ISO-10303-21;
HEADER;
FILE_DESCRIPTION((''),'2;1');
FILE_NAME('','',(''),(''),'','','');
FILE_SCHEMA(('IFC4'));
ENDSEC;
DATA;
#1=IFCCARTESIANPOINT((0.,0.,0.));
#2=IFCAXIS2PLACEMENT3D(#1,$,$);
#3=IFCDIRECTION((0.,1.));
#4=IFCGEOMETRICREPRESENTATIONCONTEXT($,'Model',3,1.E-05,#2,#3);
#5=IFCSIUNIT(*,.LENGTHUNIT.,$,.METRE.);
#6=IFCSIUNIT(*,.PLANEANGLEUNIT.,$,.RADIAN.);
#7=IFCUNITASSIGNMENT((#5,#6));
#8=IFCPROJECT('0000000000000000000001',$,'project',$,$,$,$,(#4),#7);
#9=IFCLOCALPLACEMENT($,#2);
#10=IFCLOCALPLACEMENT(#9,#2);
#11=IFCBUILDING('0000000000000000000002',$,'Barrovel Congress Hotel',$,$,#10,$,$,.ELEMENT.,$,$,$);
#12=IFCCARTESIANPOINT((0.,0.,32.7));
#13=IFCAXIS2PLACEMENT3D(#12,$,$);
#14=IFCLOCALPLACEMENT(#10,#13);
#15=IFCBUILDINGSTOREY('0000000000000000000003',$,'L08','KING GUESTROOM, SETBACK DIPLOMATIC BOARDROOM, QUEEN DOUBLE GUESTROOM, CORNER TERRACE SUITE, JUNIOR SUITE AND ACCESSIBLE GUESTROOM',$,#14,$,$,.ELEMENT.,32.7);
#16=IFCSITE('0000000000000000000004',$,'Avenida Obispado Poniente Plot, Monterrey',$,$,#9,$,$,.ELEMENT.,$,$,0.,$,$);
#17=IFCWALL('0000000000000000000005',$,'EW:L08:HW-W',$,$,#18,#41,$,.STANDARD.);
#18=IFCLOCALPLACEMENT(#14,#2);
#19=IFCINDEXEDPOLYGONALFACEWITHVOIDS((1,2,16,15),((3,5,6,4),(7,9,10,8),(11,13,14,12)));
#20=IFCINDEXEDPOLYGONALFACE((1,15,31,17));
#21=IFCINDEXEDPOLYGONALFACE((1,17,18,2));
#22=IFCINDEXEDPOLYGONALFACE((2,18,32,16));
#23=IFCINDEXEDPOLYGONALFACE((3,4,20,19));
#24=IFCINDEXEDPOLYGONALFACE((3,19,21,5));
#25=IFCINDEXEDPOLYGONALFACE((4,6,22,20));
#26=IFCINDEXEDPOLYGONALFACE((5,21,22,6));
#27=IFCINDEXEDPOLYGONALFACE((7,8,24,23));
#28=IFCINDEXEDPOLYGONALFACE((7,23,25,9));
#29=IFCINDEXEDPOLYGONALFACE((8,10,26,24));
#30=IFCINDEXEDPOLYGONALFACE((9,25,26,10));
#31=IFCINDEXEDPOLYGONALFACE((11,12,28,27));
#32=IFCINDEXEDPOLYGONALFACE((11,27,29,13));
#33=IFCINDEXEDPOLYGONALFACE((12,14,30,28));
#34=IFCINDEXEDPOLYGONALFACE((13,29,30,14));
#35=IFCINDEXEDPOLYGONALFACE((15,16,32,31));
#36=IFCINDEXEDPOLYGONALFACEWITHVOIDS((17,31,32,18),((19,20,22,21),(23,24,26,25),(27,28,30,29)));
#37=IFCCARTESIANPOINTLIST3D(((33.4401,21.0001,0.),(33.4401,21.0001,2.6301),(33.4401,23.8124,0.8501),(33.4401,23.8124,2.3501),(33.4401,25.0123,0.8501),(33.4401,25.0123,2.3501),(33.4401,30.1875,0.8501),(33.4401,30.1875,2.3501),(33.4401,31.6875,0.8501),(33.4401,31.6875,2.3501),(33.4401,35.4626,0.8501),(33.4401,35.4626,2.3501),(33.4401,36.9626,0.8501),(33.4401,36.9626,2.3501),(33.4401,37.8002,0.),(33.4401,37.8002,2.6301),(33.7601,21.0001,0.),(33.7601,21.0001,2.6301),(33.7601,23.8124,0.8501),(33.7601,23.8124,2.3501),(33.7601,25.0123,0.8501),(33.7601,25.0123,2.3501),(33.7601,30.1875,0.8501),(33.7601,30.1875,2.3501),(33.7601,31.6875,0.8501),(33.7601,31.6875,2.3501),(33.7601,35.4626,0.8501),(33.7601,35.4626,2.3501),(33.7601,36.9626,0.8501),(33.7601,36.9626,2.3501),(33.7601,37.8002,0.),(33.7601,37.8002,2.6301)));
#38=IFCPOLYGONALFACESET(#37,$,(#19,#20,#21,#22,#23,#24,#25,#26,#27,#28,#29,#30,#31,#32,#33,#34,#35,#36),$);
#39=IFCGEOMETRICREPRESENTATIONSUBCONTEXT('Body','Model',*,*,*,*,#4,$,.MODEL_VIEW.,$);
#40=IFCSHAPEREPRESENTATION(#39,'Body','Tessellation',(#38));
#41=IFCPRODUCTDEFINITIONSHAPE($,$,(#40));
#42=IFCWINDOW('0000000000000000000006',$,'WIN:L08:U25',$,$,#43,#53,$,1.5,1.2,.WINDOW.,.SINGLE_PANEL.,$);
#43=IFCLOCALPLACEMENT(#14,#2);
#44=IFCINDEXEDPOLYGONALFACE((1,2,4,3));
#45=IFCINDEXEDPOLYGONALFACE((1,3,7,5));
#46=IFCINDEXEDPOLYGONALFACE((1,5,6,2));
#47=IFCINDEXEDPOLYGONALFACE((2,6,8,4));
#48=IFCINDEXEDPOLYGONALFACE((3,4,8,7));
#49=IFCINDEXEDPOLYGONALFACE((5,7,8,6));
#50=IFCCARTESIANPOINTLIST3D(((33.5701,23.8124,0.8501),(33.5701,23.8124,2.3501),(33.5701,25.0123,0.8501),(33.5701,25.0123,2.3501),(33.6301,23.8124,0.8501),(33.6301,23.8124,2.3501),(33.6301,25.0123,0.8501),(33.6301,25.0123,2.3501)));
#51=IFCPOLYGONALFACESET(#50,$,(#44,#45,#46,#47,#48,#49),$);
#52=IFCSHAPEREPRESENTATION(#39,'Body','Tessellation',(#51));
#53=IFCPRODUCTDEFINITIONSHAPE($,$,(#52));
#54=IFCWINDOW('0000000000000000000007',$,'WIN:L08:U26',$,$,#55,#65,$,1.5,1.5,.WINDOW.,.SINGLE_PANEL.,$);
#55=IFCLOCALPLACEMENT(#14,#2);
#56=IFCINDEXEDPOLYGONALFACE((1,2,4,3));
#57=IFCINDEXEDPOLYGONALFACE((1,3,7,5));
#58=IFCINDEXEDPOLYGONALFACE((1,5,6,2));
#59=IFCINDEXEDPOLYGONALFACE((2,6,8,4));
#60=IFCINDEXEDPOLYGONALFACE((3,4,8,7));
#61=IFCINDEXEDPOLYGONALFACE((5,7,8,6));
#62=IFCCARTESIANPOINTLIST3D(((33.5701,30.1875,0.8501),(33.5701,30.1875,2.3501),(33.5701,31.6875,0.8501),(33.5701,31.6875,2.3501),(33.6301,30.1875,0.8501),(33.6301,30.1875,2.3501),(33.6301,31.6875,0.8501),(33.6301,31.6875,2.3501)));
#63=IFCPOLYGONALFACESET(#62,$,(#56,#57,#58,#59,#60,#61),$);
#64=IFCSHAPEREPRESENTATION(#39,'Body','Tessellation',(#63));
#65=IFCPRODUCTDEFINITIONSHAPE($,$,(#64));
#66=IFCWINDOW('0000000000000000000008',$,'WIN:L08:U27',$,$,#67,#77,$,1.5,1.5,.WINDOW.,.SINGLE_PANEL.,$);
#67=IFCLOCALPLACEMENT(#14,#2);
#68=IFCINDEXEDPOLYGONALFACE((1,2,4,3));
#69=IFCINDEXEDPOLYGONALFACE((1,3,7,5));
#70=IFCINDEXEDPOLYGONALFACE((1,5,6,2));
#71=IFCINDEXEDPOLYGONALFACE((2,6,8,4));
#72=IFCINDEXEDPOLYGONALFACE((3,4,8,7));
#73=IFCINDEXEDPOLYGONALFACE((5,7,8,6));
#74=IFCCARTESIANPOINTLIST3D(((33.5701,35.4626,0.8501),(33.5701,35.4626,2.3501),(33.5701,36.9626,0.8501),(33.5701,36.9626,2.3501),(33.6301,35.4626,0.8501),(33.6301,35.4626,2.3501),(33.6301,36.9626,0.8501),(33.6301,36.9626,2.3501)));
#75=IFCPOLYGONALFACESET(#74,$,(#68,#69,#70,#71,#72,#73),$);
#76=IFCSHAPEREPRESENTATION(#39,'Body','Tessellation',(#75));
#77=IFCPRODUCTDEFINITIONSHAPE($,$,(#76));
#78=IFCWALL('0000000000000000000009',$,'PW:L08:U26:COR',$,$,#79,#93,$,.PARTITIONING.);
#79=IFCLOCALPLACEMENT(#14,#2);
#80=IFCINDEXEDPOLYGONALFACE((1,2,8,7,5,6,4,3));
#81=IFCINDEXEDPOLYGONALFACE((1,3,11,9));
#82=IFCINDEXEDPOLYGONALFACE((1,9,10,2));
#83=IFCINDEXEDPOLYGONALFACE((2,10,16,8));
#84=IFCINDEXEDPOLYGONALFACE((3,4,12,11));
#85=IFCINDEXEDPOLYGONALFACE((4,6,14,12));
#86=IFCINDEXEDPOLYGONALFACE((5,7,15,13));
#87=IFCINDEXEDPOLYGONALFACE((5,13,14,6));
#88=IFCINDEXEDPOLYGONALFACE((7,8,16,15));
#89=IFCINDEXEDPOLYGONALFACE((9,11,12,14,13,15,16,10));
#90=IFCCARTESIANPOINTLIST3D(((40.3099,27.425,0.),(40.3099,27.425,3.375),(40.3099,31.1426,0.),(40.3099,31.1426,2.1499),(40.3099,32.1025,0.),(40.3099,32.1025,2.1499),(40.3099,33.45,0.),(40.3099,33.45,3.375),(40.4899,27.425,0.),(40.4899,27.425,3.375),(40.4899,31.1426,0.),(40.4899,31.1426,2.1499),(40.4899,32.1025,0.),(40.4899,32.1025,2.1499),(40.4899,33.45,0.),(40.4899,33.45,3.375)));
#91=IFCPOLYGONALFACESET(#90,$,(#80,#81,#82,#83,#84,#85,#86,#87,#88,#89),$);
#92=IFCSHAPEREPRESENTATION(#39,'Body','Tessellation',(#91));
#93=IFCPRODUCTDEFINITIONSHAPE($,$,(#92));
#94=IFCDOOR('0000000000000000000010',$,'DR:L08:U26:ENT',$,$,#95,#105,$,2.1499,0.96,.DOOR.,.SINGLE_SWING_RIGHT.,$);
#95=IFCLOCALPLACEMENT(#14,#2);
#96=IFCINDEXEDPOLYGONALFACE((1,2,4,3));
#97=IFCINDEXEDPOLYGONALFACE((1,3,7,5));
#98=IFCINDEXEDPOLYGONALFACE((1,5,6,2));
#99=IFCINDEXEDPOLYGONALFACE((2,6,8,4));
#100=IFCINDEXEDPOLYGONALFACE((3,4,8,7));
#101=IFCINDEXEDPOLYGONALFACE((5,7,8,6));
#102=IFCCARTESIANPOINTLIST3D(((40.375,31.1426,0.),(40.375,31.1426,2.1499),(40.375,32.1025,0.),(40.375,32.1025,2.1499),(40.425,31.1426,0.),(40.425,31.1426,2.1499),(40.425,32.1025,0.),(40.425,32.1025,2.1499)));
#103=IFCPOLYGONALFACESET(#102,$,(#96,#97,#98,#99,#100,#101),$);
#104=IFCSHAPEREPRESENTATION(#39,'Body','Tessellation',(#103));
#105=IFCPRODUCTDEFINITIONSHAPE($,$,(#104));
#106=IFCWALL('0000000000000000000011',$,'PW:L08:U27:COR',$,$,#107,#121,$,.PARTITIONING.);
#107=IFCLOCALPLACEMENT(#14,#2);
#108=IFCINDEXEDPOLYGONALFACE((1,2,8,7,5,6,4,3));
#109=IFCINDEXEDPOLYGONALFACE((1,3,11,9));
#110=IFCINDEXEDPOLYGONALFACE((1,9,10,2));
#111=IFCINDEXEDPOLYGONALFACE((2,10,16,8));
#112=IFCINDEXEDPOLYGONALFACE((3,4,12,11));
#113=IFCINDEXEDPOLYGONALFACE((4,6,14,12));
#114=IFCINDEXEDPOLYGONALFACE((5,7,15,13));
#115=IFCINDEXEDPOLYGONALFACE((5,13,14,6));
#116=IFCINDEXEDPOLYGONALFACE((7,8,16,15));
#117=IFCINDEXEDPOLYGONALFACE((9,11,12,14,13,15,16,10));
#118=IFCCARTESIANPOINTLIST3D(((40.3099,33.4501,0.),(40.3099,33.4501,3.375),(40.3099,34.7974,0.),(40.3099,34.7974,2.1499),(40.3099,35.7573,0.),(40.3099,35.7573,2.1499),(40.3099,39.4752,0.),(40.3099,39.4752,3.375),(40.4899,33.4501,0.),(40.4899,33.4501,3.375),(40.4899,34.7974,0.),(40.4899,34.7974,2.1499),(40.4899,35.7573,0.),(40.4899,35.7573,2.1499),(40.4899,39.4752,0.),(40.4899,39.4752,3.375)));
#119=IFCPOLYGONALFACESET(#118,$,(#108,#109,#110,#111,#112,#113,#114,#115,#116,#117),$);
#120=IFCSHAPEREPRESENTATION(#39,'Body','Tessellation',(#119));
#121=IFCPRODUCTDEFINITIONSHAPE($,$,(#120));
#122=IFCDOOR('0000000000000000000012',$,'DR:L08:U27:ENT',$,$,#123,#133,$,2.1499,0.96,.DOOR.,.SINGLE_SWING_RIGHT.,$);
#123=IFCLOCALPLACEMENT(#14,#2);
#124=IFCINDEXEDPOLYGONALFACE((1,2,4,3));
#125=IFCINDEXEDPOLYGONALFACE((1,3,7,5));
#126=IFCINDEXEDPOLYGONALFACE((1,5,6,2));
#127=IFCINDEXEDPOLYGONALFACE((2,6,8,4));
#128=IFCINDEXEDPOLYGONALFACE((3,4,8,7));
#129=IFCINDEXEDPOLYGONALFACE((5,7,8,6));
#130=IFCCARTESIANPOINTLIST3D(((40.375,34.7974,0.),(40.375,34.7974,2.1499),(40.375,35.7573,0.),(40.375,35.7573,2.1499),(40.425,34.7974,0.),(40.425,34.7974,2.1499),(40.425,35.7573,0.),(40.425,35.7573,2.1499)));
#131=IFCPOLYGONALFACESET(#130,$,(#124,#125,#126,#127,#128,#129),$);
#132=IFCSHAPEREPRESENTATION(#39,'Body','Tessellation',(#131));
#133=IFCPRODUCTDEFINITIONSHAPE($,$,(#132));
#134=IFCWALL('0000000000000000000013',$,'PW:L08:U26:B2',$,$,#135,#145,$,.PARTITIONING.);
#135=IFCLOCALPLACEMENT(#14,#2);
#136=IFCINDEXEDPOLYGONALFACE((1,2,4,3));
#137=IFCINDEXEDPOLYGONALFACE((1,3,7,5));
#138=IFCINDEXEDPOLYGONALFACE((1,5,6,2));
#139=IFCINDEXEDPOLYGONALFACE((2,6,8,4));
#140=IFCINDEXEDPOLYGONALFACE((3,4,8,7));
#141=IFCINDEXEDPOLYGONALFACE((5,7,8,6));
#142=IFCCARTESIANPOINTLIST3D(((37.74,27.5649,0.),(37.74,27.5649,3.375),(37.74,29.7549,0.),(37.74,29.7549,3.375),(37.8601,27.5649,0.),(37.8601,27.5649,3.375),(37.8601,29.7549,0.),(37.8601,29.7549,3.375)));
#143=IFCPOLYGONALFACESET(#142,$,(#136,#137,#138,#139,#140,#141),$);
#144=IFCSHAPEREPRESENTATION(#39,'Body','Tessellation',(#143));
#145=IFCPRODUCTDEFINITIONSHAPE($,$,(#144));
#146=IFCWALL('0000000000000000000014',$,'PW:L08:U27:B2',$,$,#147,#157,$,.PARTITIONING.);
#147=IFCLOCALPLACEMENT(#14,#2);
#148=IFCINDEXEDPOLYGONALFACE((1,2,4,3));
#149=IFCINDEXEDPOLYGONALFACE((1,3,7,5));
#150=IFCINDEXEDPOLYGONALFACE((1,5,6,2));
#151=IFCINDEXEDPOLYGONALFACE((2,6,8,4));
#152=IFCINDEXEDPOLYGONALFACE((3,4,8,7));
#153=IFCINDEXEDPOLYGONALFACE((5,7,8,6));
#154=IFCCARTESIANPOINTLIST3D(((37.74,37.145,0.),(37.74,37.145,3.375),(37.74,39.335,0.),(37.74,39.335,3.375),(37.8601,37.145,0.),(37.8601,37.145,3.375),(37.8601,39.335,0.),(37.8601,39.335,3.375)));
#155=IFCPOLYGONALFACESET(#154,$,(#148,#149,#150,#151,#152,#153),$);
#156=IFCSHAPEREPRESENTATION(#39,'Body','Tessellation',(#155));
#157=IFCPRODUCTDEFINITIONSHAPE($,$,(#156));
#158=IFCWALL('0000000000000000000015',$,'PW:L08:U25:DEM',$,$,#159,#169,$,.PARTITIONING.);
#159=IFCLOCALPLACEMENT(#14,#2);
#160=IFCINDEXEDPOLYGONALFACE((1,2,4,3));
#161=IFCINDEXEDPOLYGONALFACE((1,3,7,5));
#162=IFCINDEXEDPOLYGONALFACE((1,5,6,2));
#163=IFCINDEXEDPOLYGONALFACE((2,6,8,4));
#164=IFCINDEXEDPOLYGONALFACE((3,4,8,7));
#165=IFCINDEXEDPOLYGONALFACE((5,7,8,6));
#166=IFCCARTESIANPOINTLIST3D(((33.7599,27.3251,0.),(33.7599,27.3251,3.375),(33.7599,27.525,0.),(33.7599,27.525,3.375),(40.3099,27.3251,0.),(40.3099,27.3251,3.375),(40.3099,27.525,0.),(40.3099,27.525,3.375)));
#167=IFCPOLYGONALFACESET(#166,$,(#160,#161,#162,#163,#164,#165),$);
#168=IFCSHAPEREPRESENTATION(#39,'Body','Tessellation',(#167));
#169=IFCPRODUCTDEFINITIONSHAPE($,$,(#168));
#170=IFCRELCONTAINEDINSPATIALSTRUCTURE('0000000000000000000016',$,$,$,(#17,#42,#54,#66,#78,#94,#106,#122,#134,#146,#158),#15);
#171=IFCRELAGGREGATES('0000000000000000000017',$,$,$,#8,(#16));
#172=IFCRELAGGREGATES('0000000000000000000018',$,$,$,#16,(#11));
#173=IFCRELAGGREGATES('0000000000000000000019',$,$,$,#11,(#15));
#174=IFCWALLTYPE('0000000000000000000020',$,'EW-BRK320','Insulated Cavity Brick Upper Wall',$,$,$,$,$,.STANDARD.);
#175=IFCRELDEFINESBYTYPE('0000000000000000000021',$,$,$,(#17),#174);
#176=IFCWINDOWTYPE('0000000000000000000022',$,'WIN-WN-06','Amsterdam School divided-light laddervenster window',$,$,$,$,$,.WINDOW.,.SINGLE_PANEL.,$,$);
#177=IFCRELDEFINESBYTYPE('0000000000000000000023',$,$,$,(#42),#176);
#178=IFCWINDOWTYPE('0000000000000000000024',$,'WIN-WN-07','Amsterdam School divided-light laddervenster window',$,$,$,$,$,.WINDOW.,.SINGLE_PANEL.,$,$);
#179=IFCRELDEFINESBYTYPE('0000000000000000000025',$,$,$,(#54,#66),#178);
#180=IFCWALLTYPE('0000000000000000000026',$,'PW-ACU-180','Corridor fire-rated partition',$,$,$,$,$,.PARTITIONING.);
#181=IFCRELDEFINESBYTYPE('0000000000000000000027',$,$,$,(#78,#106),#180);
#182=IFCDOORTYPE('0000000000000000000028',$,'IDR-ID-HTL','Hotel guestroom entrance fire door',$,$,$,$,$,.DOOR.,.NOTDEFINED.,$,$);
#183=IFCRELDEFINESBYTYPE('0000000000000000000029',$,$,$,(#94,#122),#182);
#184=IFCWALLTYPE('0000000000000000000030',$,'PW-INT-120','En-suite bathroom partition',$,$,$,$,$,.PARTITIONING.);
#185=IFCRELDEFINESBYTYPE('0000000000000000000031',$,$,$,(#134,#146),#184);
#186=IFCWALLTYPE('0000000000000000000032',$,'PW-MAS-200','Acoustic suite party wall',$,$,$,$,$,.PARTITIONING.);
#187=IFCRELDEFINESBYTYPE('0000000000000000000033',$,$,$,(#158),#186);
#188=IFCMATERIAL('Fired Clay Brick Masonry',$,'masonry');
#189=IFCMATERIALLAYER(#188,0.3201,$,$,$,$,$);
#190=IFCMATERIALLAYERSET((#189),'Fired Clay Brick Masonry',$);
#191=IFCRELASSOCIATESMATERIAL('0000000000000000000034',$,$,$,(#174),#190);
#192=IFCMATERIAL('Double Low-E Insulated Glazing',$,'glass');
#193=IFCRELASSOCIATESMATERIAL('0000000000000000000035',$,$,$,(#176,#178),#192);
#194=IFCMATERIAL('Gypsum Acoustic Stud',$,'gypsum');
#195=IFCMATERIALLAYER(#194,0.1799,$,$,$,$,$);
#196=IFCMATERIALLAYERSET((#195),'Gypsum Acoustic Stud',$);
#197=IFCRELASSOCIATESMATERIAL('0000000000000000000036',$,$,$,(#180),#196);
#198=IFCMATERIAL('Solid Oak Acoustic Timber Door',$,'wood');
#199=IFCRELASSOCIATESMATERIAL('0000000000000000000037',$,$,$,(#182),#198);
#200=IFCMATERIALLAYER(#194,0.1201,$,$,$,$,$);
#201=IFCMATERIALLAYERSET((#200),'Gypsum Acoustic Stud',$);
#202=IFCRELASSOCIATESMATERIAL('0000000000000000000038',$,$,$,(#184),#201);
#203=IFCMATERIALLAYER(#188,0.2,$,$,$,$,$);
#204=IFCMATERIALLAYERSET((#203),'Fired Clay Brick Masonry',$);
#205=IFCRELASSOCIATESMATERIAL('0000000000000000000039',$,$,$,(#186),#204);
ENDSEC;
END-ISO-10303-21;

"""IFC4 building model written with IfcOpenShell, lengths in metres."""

from ifc_helpers import new_model, si_unit, direction, frame, frame_2d, origin, place, context, subcontext, project, spatial, rectangle, extrude, material, layer, layer_set, type_object, element, fill, save


model = new_model("IFC4")

# Units and contexts
model_context = context("Model", 3, precision=1e-05, world=origin(), true_north=direction((0.0, 1.0)))
body_context = subcontext(model_context, "Body", "Model", "MODEL_VIEW")
ifc_project = project(units=[si_unit("LENGTHUNIT", "METRE"), si_unit("PLANEANGLEUNIT", "RADIAN")], contexts=[model_context])

# Site, building, storey
site_placement = place(None, origin())
site = spatial("IfcSite", under=ifc_project, at=site_placement, Name="Avenida Obispado Poniente Plot, Monterrey", CompositionType="ELEMENT", RefElevation=0.0)
building_placement = place(site_placement, origin())
building = spatial("IfcBuilding", under=site, at=building_placement, Name="Barrovel Congress Hotel", CompositionType="ELEMENT")
storey_placement = place(building_placement, frame((0.0, 0.0, 32.7)))
storey = spatial("IfcBuildingStorey", under=building, at=storey_placement, Name="L08", Description="KING GUESTROOM, SETBACK DIPLOMATIC BOARDROOM, QUEEN DOUBLE GUESTROOM, CORNER TERRACE SUITE, JUNIOR SUITE AND ACCESSIBLE GUESTROOM", CompositionType="ELEMENT", Elevation=32.7)

# Wall, openings, windows
ifc_material_1 = material(Name="Fired Clay Brick Masonry", Category="masonry")
ifc_layer_1 = layer(ifc_material_1, 0.3201)
ifc_layer_set_1 = layer_set([ifc_layer_1], Name="Fired Clay Brick Masonry")
wall_type_1 = type_object("IfcWallType", Name="EW-BRK320", Description="Insulated Cavity Brick Upper Wall", PredefinedType="STANDARD", material=ifc_layer_set_1)
wall_1_placement = place(storey_placement, frame((33.6001, 37.8, 0.0), z_axis=(0.0, 0.0, 1.0), x_axis=(0.0, -1.0, 0.0)))
wall_1 = element("IfcWall", 1, at=wall_1_placement, inside=storey, type_object=wall_type_1, Name="EW:L08:HW-W", PredefinedType="STANDARD", context=body_context, shape_type="SweptSolid", body=[
    extrude(rectangle(XDim=16.8, YDim=0.3201, at=frame_2d((8.3999, 0.0))), origin(), (0.0, 0.0, 1.0), 2.6301),
])
opening_1_placement = place(wall_1_placement, frame((12.7876, 0.0, 0.8501)))
opening_1 = element("IfcOpeningElement", 2, at=opening_1_placement, cuts=wall_1, PredefinedType="OPENING", context=body_context, shape_type="SweptSolid", body=[
    extrude(rectangle(XDim=1.2, YDim=1.5, at=frame_2d((0.6001, 0.75))), frame((0.0, 0.1699, 0.0), z_axis=(0.0, -1.0, 0.0), x_axis=(1.0, 0.0, 0.0)), (0.0, 0.0, 1.0), 0.3401),
])
opening_2_placement = place(wall_1_placement, frame((6.1125, 0.0, 0.8501)))
opening_2 = element("IfcOpeningElement", 3, at=opening_2_placement, cuts=wall_1, PredefinedType="OPENING", context=body_context, shape_type="SweptSolid", body=[
    extrude(rectangle(XDim=1.5, YDim=1.5, at=frame_2d((0.75, 0.75))), frame((0.0, 0.1699, 0.0), z_axis=(0.0, -1.0, 0.0), x_axis=(1.0, 0.0, 0.0)), (0.0, 0.0, 1.0), 0.3401),
])
opening_3_placement = place(wall_1_placement, frame((0.8374, 0.0, 0.8501)))
opening_3 = element("IfcOpeningElement", 4, at=opening_3_placement, cuts=wall_1, PredefinedType="OPENING", context=body_context, shape_type="SweptSolid", body=[
    extrude(rectangle(XDim=1.5, YDim=1.5, at=frame_2d((0.75, 0.75))), frame((0.0, 0.1699, 0.0), z_axis=(0.0, -1.0, 0.0), x_axis=(1.0, 0.0, 0.0)), (0.0, 0.0, 1.0), 0.3401),
])
ifc_material_2 = material(Name="Double Low-E Insulated Glazing", Category="glass")
window_type_1 = type_object("IfcWindowType", Name="WIN-WN-06", Description="Amsterdam School divided-light laddervenster window", PartitioningType="SINGLE_PANEL", PredefinedType="WINDOW", material=ifc_material_2)
window_1_placement = place(opening_1_placement, origin())
window_1 = element("IfcWindow", 5, at=window_1_placement, inside=storey, type_object=window_type_1, Name="WIN:L08:U25", OverallHeight=1.5, OverallWidth=1.2, PartitioningType="SINGLE_PANEL", PredefinedType="WINDOW", context=body_context, shape_type="SweptSolid", body=[
    extrude(rectangle(XDim=1.2, YDim=1.5, at=frame_2d((0.6001, 0.75))), frame((0.0, 0.03, 0.0), z_axis=(0.0, -1.0, 0.0), x_axis=(1.0, 0.0, 0.0)), (0.0, 0.0, 1.0), 0.0601),
])
fill(opening_1, window_1)
window_type_2 = type_object("IfcWindowType", Name="WIN-WN-07", Description="Amsterdam School divided-light laddervenster window", PartitioningType="SINGLE_PANEL", PredefinedType="WINDOW", material=ifc_material_2)
window_2_placement = place(opening_2_placement, origin())
window_2 = element("IfcWindow", 6, at=window_2_placement, inside=storey, type_object=window_type_2, Name="WIN:L08:U26", OverallHeight=1.5, OverallWidth=1.5, PartitioningType="SINGLE_PANEL", PredefinedType="WINDOW", context=body_context, shape_type="SweptSolid", body=[
    extrude(rectangle(XDim=1.5, YDim=1.5, at=frame_2d((0.75, 0.75))), frame((0.0, 0.03, 0.0), z_axis=(0.0, -1.0, 0.0), x_axis=(1.0, 0.0, 0.0)), (0.0, 0.0, 1.0), 0.0601),
])
fill(opening_2, window_2)
window_3_placement = place(opening_3_placement, origin())
window_3 = element("IfcWindow", 7, at=window_3_placement, inside=storey, type_object=window_type_2, Name="WIN:L08:U27", OverallHeight=1.5, OverallWidth=1.5, PartitioningType="SINGLE_PANEL", PredefinedType="WINDOW", context=body_context, shape_type="SweptSolid", body=[
    extrude(rectangle(XDim=1.5, YDim=1.5, at=frame_2d((0.75, 0.75))), frame((0.0, 0.03, 0.0), z_axis=(0.0, -1.0, 0.0), x_axis=(1.0, 0.0, 0.0)), (0.0, 0.0, 1.0), 0.0601),
])
fill(opening_3, window_3)

# Walls, openings, doors
ifc_material_3 = material(Name="Gypsum Acoustic Stud", Category="gypsum")
ifc_layer_2 = layer(ifc_material_3, 0.1799)
ifc_layer_set_2 = layer_set([ifc_layer_2], Name="Gypsum Acoustic Stud")
wall_type_2 = type_object("IfcWallType", Name="PW-ACU-180", Description="Corridor fire-rated partition", PredefinedType="PARTITIONING", material=ifc_layer_set_2)
wall_2_placement = place(storey_placement, frame((40.3999, 27.425, 0.0), z_axis=(0.0, 0.0, 1.0), x_axis=(0.0, 1.0, 0.0)))
wall_2 = element("IfcWall", 8, at=wall_2_placement, inside=storey, type_object=wall_type_2, Name="PW:L08:U26:COR", PredefinedType="PARTITIONING", context=body_context, shape_type="SweptSolid", body=[
    extrude(rectangle(XDim=6.0249, YDim=0.1799, at=frame_2d((3.0125, 0.0))), origin(), (0.0, 0.0, 1.0), 3.375),
])
opening_4_placement = place(wall_2_placement, frame((3.7175, 0.0, 0.0)))
opening_4 = element("IfcOpeningElement", 9, at=opening_4_placement, cuts=wall_2, PredefinedType="OPENING", context=body_context, shape_type="SweptSolid", body=[
    extrude(rectangle(XDim=0.96, YDim=2.1499, at=frame_2d((0.48, 1.075))), frame((0.0, 0.1001, 0.0), z_axis=(0.0, -1.0, 0.0), x_axis=(1.0, 0.0, 0.0)), (0.0, 0.0, 1.0), 0.2),
])
ifc_material_4 = material(Name="Solid Oak Acoustic Timber Door", Category="wood")
door_type_1 = type_object("IfcDoorType", Name="IDR-ID-HTL", Description="Hotel guestroom entrance fire door", OperationType="NOTDEFINED", PredefinedType="DOOR", material=ifc_material_4)
door_1_placement = place(opening_4_placement, origin())
door_1 = element("IfcDoor", 10, at=door_1_placement, inside=storey, type_object=door_type_1, Name="DR:L08:U26:ENT", OperationType="SINGLE_SWING_RIGHT", OverallHeight=2.1499, OverallWidth=0.96, PredefinedType="DOOR", context=body_context, shape_type="SweptSolid", body=[
    extrude(rectangle(XDim=0.96, YDim=2.1499, at=frame_2d((0.48, 1.075))), frame((0.0, 0.0249, 0.0), z_axis=(0.0, -1.0, 0.0), x_axis=(1.0, 0.0, 0.0)), (0.0, 0.0, 1.0), 0.05),
])
fill(opening_4, door_1)
wall_3_placement = place(storey_placement, frame((40.3999, 33.45, 0.0), z_axis=(0.0, 0.0, 1.0), x_axis=(0.0, 1.0, 0.0)))
wall_3 = element("IfcWall", 11, at=wall_3_placement, inside=storey, type_object=wall_type_2, Name="PW:L08:U27:COR", PredefinedType="PARTITIONING", context=body_context, shape_type="SweptSolid", body=[
    extrude(rectangle(XDim=6.0251, YDim=0.1799, at=frame_2d((3.0127, 0.0))), origin(), (0.0, 0.0, 1.0), 3.375),
])
opening_5_placement = place(wall_3_placement, frame((1.3474, 0.0, 0.0)))
opening_5 = element("IfcOpeningElement", 12, at=opening_5_placement, cuts=wall_3, PredefinedType="OPENING", context=body_context, shape_type="SweptSolid", body=[
    extrude(rectangle(XDim=0.96, YDim=2.1499, at=frame_2d((0.48, 1.075))), frame((0.0, 0.1001, 0.0), z_axis=(0.0, -1.0, 0.0), x_axis=(1.0, 0.0, 0.0)), (0.0, 0.0, 1.0), 0.2),
])
door_2_placement = place(opening_5_placement, origin())
door_2 = element("IfcDoor", 13, at=door_2_placement, inside=storey, type_object=door_type_1, Name="DR:L08:U27:ENT", OperationType="SINGLE_SWING_RIGHT", OverallHeight=2.1499, OverallWidth=0.96, PredefinedType="DOOR", context=body_context, shape_type="SweptSolid", body=[
    extrude(rectangle(XDim=0.96, YDim=2.1499, at=frame_2d((0.48, 1.075))), frame((0.0, 0.0249, 0.0), z_axis=(0.0, -1.0, 0.0), x_axis=(1.0, 0.0, 0.0)), (0.0, 0.0, 1.0), 0.05),
])
fill(opening_5, door_2)

# Walls
ifc_layer_3 = layer(ifc_material_3, 0.1201)
ifc_layer_set_3 = layer_set([ifc_layer_3], Name="Gypsum Acoustic Stud")
wall_type_3 = type_object("IfcWallType", Name="PW-INT-120", Description="En-suite bathroom partition", PredefinedType="PARTITIONING", material=ifc_layer_set_3)
for number, where, z_axis, x_axis, name in (
    (14, (37.8, 27.5649, 0.0), (0.0, 0.0, 1.0), (0.0, 1.0, 0.0), "PW:L08:U26:B2"),
    (15, (37.8, 37.145, 0.0), (0.0, 0.0, 1.0), (0.0, 1.0, 0.0), "PW:L08:U27:B2"),
):
    element("IfcWall", number, at=place(storey_placement, frame(where, z_axis=z_axis, x_axis=x_axis)), inside=storey, type_object=wall_type_3, Name=name, PredefinedType="PARTITIONING", context=body_context, shape_type="SweptSolid", body=[
        extrude(rectangle(XDim=2.1899, YDim=0.1201, at=frame_2d((1.095, 0.0))), origin(), (0.0, 0.0, 1.0), 3.375),
    ])
ifc_layer_4 = layer(ifc_material_1, 0.2)
ifc_layer_set_4 = layer_set([ifc_layer_4], Name="Fired Clay Brick Masonry")
wall_type_4 = type_object("IfcWallType", Name="PW-MAS-200", Description="Acoustic suite party wall", PredefinedType="PARTITIONING", material=ifc_layer_set_4)
for number, where, z_axis, x_axis, name in (
    (16, (33.76, 27.425, 0.0), (0.0, 0.0, 1.0), (1.0, 0.0, 0.0), "PW:L08:U25:DEM"),
):
    element("IfcWall", number, at=place(storey_placement, frame(where, z_axis=z_axis, x_axis=x_axis)), inside=storey, type_object=wall_type_4, Name=name, PredefinedType="PARTITIONING", context=body_context, shape_type="SweptSolid", body=[
        extrude(rectangle(XDim=6.55, YDim=0.2, at=frame_2d((3.2749, 0.0))), origin(), (0.0, 0.0, 1.0), 3.375),
    ])

save(model, "model.ifc")
